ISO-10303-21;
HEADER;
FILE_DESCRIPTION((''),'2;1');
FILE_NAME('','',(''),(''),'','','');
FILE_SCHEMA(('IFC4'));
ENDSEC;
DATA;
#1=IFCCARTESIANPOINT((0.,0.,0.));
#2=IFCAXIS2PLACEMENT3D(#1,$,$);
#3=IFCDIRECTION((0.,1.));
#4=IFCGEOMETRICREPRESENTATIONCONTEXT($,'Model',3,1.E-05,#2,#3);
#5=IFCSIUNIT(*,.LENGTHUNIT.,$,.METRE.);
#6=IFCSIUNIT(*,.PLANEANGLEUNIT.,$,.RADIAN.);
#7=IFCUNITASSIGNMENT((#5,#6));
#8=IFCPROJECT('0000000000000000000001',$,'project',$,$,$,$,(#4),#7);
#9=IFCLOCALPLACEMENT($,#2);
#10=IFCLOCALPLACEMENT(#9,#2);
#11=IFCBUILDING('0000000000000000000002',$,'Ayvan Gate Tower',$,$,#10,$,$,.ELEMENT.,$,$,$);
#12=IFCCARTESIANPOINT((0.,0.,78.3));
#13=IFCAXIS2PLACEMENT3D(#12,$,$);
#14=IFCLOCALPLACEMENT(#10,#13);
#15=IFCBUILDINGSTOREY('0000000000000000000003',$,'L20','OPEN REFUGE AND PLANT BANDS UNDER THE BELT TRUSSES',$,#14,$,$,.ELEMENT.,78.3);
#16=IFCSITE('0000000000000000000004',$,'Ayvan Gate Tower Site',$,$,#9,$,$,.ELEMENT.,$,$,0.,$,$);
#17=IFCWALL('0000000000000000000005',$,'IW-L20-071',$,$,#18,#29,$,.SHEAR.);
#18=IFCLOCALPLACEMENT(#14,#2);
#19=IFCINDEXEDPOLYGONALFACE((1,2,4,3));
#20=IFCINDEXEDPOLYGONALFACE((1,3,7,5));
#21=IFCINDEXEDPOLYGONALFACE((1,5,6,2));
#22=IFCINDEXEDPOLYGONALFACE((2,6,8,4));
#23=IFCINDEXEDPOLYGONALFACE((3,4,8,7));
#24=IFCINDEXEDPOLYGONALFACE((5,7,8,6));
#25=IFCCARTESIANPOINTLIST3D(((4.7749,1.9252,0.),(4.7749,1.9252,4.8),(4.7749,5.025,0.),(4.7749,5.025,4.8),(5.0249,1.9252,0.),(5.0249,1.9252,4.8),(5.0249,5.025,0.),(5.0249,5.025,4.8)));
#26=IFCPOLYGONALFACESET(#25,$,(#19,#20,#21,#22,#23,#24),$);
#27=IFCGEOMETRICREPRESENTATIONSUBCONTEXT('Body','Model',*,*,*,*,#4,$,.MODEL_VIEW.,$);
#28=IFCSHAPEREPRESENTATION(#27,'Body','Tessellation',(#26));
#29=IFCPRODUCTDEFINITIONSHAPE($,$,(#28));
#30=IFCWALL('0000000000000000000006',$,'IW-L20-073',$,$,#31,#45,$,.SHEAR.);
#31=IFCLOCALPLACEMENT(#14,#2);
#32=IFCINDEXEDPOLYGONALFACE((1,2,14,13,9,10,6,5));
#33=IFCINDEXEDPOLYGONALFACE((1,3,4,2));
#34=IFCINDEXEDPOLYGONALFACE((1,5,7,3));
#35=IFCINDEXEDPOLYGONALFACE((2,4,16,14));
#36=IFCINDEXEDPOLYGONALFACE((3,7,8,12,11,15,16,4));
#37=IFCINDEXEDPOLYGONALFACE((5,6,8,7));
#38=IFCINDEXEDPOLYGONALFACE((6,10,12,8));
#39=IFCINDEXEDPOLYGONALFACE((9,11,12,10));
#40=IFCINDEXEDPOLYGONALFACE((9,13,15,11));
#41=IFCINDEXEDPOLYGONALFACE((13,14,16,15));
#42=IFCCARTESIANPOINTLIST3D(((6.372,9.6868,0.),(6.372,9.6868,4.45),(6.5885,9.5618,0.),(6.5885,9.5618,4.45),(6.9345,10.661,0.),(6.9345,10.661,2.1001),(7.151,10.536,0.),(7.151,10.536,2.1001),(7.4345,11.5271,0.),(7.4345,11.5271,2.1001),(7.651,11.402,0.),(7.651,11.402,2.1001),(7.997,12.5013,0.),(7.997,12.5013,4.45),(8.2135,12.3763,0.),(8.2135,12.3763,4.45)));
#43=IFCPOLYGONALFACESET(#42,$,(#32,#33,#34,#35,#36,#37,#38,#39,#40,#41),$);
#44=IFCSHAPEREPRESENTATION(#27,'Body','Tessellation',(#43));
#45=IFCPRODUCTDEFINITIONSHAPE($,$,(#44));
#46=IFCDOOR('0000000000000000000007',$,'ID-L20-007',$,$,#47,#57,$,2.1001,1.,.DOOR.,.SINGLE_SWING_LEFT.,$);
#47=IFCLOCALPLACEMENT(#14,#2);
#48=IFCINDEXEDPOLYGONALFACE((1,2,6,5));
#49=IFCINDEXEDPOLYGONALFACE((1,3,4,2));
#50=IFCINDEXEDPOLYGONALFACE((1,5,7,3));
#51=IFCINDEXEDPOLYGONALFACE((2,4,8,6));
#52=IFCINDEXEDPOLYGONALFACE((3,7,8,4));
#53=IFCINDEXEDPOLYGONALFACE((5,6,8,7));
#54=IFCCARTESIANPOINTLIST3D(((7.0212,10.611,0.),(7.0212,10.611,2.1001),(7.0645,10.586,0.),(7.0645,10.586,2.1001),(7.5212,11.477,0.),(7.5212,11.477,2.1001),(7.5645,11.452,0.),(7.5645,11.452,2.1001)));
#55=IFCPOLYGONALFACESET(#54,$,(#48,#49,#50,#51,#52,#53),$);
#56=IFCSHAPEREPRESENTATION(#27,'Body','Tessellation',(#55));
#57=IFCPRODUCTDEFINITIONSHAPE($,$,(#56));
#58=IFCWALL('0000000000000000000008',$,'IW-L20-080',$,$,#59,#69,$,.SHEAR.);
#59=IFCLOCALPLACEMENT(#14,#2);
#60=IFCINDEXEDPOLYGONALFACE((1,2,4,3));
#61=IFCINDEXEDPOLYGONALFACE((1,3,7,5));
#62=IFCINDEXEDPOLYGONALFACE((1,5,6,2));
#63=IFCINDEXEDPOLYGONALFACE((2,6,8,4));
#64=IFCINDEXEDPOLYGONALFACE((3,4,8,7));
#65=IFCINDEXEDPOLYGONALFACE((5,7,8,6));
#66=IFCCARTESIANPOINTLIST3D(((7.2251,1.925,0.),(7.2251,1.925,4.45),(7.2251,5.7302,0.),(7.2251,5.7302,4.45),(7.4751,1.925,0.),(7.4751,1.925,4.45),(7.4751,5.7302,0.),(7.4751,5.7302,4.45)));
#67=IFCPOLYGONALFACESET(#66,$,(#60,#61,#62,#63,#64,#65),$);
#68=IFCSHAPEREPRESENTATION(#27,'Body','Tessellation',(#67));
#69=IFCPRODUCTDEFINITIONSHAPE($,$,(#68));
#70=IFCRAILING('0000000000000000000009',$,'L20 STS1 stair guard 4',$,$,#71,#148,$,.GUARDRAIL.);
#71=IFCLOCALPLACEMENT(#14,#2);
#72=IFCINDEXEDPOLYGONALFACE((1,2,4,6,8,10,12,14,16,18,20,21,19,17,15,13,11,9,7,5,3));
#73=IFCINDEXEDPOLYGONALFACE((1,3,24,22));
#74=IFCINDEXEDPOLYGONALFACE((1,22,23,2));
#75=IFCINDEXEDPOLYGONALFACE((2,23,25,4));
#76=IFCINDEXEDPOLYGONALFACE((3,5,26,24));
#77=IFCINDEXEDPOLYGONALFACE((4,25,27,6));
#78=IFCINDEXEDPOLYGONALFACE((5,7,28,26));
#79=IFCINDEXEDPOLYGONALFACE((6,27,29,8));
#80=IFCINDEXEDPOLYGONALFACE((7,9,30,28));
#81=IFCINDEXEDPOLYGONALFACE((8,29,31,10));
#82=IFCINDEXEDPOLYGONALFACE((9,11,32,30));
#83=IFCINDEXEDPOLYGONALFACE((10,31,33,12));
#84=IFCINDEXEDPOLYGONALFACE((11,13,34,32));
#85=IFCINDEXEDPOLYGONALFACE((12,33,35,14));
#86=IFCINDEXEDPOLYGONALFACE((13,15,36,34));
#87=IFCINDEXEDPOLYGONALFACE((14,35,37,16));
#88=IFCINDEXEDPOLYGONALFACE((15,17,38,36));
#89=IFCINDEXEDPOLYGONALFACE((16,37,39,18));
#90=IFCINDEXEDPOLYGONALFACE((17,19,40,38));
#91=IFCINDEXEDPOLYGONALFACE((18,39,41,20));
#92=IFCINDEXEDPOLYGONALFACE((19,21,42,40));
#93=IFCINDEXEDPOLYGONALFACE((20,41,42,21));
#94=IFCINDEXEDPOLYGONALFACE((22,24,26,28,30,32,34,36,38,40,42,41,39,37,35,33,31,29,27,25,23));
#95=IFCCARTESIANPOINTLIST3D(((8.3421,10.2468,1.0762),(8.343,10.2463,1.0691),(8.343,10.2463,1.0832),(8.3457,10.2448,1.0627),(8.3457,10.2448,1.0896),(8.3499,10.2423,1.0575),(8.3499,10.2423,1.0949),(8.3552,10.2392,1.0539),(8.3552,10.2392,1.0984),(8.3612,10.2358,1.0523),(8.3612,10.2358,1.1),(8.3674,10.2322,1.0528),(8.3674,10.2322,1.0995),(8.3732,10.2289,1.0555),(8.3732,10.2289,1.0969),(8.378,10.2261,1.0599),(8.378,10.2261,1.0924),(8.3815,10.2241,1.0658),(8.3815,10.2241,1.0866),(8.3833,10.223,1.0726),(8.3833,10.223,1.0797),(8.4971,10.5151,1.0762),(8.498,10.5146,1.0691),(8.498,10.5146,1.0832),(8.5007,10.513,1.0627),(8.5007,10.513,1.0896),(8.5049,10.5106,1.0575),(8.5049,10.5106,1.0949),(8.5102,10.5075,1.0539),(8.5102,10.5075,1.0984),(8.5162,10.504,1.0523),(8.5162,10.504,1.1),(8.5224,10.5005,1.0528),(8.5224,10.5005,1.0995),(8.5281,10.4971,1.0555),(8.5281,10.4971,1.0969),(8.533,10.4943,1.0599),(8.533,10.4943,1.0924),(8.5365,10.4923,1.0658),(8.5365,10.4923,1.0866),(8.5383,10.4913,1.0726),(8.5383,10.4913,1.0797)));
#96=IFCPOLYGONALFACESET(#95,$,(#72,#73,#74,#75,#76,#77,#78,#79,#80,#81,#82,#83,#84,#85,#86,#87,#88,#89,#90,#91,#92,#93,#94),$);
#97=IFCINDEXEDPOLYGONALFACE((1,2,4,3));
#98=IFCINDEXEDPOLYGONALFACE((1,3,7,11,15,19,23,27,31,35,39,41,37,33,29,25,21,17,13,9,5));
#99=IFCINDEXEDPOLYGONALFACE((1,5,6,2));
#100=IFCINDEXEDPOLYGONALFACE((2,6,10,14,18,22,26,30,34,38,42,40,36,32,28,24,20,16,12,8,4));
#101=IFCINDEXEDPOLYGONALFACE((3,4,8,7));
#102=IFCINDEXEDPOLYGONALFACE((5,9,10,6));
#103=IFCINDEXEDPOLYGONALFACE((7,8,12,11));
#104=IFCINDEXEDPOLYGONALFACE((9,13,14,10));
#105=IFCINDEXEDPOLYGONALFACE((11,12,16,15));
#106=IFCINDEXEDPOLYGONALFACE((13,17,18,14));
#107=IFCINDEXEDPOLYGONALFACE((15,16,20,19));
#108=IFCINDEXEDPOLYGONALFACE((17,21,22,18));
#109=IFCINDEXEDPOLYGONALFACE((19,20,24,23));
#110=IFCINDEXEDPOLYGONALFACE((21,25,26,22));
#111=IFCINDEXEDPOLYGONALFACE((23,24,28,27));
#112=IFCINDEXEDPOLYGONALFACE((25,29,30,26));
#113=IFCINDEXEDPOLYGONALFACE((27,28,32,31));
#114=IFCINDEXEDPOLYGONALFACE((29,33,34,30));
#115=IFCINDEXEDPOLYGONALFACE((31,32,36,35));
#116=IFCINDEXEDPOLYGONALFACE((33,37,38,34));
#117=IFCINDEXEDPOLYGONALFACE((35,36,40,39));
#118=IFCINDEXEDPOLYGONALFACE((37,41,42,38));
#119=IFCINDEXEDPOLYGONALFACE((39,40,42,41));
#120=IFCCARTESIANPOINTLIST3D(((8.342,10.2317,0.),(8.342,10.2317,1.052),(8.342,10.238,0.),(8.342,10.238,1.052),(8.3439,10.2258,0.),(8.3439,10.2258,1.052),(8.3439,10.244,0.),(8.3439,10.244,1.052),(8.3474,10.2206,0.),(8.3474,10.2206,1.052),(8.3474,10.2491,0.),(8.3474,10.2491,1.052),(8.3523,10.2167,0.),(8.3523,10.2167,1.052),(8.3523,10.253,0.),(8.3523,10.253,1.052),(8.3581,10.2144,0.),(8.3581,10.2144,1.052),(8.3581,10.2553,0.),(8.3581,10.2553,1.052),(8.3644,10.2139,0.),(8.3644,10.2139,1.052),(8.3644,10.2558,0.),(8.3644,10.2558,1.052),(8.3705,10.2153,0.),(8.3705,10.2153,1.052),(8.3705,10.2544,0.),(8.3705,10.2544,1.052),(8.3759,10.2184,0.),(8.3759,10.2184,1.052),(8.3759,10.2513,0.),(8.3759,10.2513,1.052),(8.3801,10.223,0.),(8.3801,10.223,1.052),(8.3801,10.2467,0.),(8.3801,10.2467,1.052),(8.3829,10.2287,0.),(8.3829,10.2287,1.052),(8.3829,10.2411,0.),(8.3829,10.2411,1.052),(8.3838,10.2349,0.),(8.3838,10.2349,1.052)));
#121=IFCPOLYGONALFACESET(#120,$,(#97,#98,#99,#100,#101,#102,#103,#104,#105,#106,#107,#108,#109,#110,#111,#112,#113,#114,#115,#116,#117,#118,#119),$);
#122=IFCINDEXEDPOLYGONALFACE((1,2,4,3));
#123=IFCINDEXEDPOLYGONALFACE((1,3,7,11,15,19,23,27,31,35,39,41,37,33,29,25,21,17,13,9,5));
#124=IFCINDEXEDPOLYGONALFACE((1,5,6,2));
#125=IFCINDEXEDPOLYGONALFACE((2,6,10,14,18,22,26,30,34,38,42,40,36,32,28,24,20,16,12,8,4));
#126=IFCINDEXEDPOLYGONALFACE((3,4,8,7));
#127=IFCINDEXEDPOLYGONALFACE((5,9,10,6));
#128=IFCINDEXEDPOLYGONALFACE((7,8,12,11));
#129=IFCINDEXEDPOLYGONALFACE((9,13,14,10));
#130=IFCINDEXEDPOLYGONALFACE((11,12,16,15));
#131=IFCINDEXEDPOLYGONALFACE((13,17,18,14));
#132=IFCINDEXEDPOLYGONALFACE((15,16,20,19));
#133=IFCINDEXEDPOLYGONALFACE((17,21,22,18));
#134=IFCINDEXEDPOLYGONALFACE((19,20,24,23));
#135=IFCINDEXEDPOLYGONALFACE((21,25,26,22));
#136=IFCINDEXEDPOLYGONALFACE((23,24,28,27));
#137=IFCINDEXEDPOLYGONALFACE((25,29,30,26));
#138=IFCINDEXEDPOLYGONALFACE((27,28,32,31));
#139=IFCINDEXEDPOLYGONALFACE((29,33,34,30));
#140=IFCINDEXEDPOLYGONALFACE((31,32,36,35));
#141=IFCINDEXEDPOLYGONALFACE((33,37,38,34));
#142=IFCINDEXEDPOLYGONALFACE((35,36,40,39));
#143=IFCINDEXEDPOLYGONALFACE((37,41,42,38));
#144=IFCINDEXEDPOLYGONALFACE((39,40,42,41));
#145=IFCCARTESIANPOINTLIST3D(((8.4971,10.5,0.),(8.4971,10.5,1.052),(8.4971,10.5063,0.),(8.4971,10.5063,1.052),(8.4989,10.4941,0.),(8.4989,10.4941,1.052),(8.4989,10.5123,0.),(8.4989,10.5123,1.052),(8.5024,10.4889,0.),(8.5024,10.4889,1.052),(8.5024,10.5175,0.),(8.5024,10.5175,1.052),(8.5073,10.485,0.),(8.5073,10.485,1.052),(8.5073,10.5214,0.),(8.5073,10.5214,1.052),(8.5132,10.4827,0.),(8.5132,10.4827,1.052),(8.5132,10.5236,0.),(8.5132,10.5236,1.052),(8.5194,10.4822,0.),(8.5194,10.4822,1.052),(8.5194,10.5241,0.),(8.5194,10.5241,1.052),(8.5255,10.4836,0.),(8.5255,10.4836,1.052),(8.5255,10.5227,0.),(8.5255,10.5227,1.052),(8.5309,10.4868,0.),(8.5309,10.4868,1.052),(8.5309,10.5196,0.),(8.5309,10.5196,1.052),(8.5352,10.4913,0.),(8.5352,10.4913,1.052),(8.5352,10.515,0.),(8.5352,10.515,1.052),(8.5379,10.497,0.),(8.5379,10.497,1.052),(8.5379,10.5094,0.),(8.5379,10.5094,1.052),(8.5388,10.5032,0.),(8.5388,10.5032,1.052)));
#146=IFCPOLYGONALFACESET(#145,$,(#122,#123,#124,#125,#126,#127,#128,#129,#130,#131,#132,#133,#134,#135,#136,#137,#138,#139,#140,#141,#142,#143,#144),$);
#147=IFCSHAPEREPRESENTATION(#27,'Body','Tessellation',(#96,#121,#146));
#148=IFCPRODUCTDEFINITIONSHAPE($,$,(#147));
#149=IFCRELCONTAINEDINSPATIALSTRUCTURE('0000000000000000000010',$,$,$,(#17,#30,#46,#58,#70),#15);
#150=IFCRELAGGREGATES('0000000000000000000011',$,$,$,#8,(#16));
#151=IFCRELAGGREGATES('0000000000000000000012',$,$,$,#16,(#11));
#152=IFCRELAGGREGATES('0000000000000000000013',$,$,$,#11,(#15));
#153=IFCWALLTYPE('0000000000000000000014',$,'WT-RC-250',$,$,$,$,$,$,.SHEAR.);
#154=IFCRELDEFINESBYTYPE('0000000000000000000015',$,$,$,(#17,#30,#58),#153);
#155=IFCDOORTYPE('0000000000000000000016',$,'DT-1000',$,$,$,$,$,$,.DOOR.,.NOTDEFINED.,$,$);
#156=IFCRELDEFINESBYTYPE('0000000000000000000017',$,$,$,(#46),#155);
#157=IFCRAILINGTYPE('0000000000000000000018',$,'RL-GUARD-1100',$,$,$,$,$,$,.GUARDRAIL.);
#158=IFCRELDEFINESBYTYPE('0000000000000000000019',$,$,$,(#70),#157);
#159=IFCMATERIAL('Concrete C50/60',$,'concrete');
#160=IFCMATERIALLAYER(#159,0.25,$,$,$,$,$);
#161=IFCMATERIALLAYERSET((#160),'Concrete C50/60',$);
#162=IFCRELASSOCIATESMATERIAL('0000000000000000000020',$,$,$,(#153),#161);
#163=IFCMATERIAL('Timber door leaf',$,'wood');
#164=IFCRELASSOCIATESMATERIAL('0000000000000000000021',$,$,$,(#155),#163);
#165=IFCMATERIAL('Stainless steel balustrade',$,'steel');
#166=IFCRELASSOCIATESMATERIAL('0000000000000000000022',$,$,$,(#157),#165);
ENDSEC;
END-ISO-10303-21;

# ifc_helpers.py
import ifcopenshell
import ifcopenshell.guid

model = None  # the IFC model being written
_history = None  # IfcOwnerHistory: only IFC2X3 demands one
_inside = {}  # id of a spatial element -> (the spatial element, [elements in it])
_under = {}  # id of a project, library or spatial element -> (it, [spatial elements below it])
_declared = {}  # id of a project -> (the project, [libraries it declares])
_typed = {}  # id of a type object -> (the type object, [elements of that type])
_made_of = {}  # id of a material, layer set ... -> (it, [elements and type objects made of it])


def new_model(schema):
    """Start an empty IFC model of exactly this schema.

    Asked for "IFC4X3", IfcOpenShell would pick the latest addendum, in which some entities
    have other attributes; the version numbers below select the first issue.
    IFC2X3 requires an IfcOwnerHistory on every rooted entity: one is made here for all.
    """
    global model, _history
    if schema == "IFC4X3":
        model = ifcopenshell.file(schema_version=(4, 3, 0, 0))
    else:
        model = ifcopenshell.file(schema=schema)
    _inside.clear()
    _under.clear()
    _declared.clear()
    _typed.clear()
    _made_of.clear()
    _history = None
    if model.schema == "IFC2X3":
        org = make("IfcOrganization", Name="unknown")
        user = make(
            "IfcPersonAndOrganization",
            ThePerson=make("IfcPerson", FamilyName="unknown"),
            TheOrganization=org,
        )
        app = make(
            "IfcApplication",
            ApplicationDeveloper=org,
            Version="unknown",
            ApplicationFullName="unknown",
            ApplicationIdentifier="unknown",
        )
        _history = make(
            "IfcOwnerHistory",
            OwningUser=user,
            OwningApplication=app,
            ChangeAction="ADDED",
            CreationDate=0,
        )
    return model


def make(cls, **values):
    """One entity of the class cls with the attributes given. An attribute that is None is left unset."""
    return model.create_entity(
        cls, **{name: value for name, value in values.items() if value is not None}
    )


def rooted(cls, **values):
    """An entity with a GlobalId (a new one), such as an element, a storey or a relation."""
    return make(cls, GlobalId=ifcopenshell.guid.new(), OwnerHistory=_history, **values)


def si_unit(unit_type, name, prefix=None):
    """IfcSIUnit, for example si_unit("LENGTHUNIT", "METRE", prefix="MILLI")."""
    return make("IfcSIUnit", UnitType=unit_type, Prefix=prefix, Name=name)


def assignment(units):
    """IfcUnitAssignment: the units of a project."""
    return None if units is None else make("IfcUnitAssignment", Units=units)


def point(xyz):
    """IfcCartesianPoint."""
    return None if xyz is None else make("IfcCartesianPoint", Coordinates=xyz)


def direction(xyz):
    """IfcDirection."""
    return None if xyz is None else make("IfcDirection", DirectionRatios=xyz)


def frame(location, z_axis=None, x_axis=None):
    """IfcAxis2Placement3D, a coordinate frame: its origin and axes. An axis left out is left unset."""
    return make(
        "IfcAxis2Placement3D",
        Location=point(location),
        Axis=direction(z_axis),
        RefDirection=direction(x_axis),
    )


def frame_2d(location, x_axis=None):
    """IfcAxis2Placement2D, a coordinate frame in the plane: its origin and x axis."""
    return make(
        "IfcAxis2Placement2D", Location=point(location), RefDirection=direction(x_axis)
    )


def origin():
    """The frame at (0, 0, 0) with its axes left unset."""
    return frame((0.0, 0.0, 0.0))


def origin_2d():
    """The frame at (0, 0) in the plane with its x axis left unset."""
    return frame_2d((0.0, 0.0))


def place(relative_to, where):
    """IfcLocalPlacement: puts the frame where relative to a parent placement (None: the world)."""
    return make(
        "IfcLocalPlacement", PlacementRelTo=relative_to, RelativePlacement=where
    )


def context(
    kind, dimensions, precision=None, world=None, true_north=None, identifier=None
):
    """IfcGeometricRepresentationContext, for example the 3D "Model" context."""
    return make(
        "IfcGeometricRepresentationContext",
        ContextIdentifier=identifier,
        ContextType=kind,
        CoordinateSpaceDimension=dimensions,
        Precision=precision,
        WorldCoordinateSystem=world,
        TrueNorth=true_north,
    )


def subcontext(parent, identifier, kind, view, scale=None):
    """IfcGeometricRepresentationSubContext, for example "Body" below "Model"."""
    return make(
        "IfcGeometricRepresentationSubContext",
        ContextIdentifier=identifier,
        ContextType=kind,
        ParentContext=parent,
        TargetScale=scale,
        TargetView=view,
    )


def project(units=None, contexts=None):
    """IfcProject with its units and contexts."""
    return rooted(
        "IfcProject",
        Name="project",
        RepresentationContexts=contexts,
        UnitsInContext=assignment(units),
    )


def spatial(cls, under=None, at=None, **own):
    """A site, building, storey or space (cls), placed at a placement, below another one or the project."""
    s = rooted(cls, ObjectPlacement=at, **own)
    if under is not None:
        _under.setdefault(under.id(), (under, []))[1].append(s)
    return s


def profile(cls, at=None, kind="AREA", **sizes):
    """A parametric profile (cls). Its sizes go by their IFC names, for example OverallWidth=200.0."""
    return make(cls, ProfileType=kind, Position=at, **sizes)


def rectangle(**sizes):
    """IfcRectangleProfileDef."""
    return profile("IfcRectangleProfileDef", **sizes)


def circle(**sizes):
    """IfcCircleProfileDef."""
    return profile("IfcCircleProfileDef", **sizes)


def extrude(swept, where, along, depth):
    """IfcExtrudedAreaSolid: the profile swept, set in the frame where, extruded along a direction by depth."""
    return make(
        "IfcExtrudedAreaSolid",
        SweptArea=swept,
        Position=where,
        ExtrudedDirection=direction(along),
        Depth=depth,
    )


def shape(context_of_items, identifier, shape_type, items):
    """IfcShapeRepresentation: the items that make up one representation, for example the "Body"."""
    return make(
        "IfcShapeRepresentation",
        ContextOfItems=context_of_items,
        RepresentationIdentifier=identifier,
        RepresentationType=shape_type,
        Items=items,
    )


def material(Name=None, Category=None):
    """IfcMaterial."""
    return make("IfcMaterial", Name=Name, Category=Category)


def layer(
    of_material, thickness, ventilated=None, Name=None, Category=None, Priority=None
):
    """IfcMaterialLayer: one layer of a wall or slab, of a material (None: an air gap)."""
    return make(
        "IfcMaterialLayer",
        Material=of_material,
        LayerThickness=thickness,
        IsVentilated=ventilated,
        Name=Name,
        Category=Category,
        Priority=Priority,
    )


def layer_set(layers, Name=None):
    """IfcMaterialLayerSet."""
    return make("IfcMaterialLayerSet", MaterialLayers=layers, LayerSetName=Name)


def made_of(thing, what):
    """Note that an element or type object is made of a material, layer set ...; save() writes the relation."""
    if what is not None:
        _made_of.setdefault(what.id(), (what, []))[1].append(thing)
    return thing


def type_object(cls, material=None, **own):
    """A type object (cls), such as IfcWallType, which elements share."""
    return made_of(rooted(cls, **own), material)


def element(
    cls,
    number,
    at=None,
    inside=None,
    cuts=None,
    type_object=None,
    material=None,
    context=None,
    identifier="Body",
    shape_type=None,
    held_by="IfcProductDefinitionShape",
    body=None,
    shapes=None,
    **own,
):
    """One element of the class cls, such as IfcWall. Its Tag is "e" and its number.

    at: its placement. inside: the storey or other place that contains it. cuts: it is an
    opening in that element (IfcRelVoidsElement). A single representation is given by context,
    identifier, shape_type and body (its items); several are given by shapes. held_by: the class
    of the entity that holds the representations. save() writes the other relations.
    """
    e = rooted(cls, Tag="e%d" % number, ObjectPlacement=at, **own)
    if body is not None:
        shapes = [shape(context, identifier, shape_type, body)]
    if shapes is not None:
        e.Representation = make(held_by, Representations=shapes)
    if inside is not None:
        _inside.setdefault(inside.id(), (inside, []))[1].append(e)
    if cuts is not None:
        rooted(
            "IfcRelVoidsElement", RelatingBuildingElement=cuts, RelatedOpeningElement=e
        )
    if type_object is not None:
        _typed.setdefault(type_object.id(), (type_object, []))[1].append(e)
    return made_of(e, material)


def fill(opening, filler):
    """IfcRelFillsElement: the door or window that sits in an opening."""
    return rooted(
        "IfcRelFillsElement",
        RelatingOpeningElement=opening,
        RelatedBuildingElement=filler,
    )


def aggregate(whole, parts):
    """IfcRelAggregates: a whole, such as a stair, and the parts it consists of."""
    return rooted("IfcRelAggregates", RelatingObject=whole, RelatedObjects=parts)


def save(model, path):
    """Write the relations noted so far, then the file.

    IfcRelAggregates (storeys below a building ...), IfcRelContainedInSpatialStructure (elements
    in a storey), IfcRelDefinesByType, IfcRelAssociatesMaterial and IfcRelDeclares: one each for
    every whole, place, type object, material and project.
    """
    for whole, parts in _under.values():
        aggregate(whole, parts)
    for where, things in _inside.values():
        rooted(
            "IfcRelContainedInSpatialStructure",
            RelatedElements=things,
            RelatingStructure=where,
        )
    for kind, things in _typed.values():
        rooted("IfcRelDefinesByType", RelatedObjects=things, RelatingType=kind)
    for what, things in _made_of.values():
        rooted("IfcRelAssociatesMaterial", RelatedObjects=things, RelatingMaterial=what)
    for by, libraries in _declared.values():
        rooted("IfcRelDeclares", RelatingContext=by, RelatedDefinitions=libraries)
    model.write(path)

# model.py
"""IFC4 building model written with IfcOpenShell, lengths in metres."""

from ifc_helpers import new_model, si_unit, direction, frame, frame_2d, origin, origin_2d, place, context, subcontext, project, spatial, rectangle, circle, extrude, material, layer, layer_set, type_object, element, fill, save


model = new_model("IFC4")

# Units and contexts
model_context = context("Model", 3, precision=1e-05, world=origin(), true_north=direction((0.0, 1.0)))
body_context = subcontext(model_context, "Body", "Model", "MODEL_VIEW")
ifc_project = project(units=[si_unit("LENGTHUNIT", "METRE"), si_unit("PLANEANGLEUNIT", "RADIAN")], contexts=[model_context])

# Site, building, storey
site_placement = place(None, origin())
site = spatial("IfcSite", under=ifc_project, at=site_placement, Name="Ayvan Gate Tower Site", CompositionType="ELEMENT", RefElevation=0.0)
building_placement = place(site_placement, origin())
building = spatial("IfcBuilding", under=site, at=building_placement, Name="Ayvan Gate Tower", CompositionType="ELEMENT")
storey_placement = place(building_placement, frame((0.0, 0.0, 78.3)))
storey = spatial("IfcBuildingStorey", under=building, at=storey_placement, Name="L20", Description="OPEN REFUGE AND PLANT BANDS UNDER THE BELT TRUSSES", CompositionType="ELEMENT", Elevation=78.3)

# Shared definitions
ifc_material_1 = material(Name="Timber door leaf", Category="wood")

# Shared definitions
ifc_material_2 = material(Name="Concrete C50/60", Category="concrete")
ifc_layer_1 = layer(ifc_material_2, 0.25)
ifc_layer_set_1 = layer_set([ifc_layer_1], Name="Concrete C50/60")
wall_type_1 = type_object("IfcWallType", Name="WT-RC-250", PredefinedType="SHEAR", material=ifc_layer_set_1)

# Wall
wall_1_placement = place(storey_placement, frame((4.8999, 5.0249, 0.0), z_axis=(0.0, 0.0, 1.0), x_axis=(0.0, -1.0, 0.0)))
element("IfcWall", 1, at=wall_1_placement, inside=storey, type_object=wall_type_1, Name="IW-L20-071", PredefinedType="SHEAR", context=body_context, shape_type="SweptSolid", body=[
    extrude(rectangle(XDim=3.0999, YDim=0.25, at=frame_2d((1.5498, 0.0))), origin(), (0.0, 0.0, 1.0), 4.8),
])

# Wall, opening, door
wall_2_placement = place(storey_placement, frame((6.4802, 9.6243, 0.0), z_axis=(0.0, 0.0, 1.0), x_axis=(0.500017, 0.866015, 0.0)))
wall_2 = element("IfcWall", 2, at=wall_2_placement, inside=storey, type_object=wall_type_1, Name="IW-L20-073", PredefinedType="SHEAR", context=body_context, shape_type="SweptSolid", body=[
    extrude(rectangle(XDim=3.25, YDim=0.25, at=frame_2d((1.625, 0.0))), origin(), (0.0, 0.0, 1.0), 4.45),
])
opening_1_placement = place(wall_2_placement, frame((1.125, 0.0, 0.0)))
opening_1 = element("IfcOpeningElement", 3, at=opening_1_placement, cuts=wall_2, PredefinedType="OPENING", context=body_context, shape_type="SweptSolid", body=[
    extrude(rectangle(XDim=1.0, YDim=2.1001, at=frame_2d((0.5, 1.05))), frame((0.0, 0.135, 0.0), z_axis=(0.0, -1.0, 0.0), x_axis=(1.0, 0.0, 0.0)), (0.0, 0.0, 1.0), 0.27),
])
door_type_1 = type_object("IfcDoorType", Name="DT-1000", OperationType="NOTDEFINED", PredefinedType="DOOR", material=ifc_material_1)
door_1_placement = place(opening_1_placement, origin())
door_1 = element("IfcDoor", 4, at=door_1_placement, inside=storey, type_object=door_type_1, Name="ID-L20-007", OperationType="SINGLE_SWING_LEFT", OverallHeight=2.1001, OverallWidth=1.0, PredefinedType="DOOR", context=body_context, shape_type="SweptSolid", body=[
    extrude(rectangle(XDim=1.0, YDim=2.1001, at=frame_2d((0.5, 1.05))), frame((0.0, 0.0249, 0.0), z_axis=(0.0, -1.0, 0.0), x_axis=(1.0, 0.0, 0.0)), (0.0, 0.0, 1.0), 0.05),
])
fill(opening_1, door_1)

# Wall
wall_3_placement = place(storey_placement, frame((7.3501, 5.7302, 0.0), z_axis=(0.0, 0.0, 1.0), x_axis=(0.0, -1.0, 0.0)))
element("IfcWall", 5, at=wall_3_placement, inside=storey, type_object=wall_type_1, Name="IW-L20-080", PredefinedType="SHEAR", context=body_context, shape_type="SweptSolid", body=[
    extrude(rectangle(XDim=3.8052, YDim=0.25, at=frame_2d((1.9026, 0.0))), origin(), (0.0, 0.0, 1.0), 4.45),
])

# Railing
ifc_material_3 = material(Name="Stainless steel balustrade", Category="steel")
railing_type_1 = type_object("IfcRailingType", Name="RL-GUARD-1100", PredefinedType="GUARDRAIL", material=ifc_material_3)
railing_1_placement = place(storey_placement, frame((8.3628, 10.2349, 0.0)))
element("IfcRailing", 6, at=railing_1_placement, inside=storey, type_object=railing_type_1, Name="L20 STS1 stair guard 4", PredefinedType="GUARDRAIL", context=body_context, shape_type="SweptSolid", body=[
    extrude(circle(Radius=0.0239, at=origin_2d()), frame((0.0, 0.0, 1.0762), z_axis=(0.500291, 0.865857, 0.0), x_axis=(-0.865857, 0.500291, 0.0)), (0.0, 0.0, 1.0), 0.3098),
    extrude(circle(Radius=0.021, at=origin_2d()), origin(), (0.0, 0.0, 1.0), 1.052),
    extrude(circle(Radius=0.021, at=origin_2d()), frame((0.155, 0.2683, 0.0)), (0.0, 0.0, 1.0), 1.052),
])

save(model, "model.ifc")
